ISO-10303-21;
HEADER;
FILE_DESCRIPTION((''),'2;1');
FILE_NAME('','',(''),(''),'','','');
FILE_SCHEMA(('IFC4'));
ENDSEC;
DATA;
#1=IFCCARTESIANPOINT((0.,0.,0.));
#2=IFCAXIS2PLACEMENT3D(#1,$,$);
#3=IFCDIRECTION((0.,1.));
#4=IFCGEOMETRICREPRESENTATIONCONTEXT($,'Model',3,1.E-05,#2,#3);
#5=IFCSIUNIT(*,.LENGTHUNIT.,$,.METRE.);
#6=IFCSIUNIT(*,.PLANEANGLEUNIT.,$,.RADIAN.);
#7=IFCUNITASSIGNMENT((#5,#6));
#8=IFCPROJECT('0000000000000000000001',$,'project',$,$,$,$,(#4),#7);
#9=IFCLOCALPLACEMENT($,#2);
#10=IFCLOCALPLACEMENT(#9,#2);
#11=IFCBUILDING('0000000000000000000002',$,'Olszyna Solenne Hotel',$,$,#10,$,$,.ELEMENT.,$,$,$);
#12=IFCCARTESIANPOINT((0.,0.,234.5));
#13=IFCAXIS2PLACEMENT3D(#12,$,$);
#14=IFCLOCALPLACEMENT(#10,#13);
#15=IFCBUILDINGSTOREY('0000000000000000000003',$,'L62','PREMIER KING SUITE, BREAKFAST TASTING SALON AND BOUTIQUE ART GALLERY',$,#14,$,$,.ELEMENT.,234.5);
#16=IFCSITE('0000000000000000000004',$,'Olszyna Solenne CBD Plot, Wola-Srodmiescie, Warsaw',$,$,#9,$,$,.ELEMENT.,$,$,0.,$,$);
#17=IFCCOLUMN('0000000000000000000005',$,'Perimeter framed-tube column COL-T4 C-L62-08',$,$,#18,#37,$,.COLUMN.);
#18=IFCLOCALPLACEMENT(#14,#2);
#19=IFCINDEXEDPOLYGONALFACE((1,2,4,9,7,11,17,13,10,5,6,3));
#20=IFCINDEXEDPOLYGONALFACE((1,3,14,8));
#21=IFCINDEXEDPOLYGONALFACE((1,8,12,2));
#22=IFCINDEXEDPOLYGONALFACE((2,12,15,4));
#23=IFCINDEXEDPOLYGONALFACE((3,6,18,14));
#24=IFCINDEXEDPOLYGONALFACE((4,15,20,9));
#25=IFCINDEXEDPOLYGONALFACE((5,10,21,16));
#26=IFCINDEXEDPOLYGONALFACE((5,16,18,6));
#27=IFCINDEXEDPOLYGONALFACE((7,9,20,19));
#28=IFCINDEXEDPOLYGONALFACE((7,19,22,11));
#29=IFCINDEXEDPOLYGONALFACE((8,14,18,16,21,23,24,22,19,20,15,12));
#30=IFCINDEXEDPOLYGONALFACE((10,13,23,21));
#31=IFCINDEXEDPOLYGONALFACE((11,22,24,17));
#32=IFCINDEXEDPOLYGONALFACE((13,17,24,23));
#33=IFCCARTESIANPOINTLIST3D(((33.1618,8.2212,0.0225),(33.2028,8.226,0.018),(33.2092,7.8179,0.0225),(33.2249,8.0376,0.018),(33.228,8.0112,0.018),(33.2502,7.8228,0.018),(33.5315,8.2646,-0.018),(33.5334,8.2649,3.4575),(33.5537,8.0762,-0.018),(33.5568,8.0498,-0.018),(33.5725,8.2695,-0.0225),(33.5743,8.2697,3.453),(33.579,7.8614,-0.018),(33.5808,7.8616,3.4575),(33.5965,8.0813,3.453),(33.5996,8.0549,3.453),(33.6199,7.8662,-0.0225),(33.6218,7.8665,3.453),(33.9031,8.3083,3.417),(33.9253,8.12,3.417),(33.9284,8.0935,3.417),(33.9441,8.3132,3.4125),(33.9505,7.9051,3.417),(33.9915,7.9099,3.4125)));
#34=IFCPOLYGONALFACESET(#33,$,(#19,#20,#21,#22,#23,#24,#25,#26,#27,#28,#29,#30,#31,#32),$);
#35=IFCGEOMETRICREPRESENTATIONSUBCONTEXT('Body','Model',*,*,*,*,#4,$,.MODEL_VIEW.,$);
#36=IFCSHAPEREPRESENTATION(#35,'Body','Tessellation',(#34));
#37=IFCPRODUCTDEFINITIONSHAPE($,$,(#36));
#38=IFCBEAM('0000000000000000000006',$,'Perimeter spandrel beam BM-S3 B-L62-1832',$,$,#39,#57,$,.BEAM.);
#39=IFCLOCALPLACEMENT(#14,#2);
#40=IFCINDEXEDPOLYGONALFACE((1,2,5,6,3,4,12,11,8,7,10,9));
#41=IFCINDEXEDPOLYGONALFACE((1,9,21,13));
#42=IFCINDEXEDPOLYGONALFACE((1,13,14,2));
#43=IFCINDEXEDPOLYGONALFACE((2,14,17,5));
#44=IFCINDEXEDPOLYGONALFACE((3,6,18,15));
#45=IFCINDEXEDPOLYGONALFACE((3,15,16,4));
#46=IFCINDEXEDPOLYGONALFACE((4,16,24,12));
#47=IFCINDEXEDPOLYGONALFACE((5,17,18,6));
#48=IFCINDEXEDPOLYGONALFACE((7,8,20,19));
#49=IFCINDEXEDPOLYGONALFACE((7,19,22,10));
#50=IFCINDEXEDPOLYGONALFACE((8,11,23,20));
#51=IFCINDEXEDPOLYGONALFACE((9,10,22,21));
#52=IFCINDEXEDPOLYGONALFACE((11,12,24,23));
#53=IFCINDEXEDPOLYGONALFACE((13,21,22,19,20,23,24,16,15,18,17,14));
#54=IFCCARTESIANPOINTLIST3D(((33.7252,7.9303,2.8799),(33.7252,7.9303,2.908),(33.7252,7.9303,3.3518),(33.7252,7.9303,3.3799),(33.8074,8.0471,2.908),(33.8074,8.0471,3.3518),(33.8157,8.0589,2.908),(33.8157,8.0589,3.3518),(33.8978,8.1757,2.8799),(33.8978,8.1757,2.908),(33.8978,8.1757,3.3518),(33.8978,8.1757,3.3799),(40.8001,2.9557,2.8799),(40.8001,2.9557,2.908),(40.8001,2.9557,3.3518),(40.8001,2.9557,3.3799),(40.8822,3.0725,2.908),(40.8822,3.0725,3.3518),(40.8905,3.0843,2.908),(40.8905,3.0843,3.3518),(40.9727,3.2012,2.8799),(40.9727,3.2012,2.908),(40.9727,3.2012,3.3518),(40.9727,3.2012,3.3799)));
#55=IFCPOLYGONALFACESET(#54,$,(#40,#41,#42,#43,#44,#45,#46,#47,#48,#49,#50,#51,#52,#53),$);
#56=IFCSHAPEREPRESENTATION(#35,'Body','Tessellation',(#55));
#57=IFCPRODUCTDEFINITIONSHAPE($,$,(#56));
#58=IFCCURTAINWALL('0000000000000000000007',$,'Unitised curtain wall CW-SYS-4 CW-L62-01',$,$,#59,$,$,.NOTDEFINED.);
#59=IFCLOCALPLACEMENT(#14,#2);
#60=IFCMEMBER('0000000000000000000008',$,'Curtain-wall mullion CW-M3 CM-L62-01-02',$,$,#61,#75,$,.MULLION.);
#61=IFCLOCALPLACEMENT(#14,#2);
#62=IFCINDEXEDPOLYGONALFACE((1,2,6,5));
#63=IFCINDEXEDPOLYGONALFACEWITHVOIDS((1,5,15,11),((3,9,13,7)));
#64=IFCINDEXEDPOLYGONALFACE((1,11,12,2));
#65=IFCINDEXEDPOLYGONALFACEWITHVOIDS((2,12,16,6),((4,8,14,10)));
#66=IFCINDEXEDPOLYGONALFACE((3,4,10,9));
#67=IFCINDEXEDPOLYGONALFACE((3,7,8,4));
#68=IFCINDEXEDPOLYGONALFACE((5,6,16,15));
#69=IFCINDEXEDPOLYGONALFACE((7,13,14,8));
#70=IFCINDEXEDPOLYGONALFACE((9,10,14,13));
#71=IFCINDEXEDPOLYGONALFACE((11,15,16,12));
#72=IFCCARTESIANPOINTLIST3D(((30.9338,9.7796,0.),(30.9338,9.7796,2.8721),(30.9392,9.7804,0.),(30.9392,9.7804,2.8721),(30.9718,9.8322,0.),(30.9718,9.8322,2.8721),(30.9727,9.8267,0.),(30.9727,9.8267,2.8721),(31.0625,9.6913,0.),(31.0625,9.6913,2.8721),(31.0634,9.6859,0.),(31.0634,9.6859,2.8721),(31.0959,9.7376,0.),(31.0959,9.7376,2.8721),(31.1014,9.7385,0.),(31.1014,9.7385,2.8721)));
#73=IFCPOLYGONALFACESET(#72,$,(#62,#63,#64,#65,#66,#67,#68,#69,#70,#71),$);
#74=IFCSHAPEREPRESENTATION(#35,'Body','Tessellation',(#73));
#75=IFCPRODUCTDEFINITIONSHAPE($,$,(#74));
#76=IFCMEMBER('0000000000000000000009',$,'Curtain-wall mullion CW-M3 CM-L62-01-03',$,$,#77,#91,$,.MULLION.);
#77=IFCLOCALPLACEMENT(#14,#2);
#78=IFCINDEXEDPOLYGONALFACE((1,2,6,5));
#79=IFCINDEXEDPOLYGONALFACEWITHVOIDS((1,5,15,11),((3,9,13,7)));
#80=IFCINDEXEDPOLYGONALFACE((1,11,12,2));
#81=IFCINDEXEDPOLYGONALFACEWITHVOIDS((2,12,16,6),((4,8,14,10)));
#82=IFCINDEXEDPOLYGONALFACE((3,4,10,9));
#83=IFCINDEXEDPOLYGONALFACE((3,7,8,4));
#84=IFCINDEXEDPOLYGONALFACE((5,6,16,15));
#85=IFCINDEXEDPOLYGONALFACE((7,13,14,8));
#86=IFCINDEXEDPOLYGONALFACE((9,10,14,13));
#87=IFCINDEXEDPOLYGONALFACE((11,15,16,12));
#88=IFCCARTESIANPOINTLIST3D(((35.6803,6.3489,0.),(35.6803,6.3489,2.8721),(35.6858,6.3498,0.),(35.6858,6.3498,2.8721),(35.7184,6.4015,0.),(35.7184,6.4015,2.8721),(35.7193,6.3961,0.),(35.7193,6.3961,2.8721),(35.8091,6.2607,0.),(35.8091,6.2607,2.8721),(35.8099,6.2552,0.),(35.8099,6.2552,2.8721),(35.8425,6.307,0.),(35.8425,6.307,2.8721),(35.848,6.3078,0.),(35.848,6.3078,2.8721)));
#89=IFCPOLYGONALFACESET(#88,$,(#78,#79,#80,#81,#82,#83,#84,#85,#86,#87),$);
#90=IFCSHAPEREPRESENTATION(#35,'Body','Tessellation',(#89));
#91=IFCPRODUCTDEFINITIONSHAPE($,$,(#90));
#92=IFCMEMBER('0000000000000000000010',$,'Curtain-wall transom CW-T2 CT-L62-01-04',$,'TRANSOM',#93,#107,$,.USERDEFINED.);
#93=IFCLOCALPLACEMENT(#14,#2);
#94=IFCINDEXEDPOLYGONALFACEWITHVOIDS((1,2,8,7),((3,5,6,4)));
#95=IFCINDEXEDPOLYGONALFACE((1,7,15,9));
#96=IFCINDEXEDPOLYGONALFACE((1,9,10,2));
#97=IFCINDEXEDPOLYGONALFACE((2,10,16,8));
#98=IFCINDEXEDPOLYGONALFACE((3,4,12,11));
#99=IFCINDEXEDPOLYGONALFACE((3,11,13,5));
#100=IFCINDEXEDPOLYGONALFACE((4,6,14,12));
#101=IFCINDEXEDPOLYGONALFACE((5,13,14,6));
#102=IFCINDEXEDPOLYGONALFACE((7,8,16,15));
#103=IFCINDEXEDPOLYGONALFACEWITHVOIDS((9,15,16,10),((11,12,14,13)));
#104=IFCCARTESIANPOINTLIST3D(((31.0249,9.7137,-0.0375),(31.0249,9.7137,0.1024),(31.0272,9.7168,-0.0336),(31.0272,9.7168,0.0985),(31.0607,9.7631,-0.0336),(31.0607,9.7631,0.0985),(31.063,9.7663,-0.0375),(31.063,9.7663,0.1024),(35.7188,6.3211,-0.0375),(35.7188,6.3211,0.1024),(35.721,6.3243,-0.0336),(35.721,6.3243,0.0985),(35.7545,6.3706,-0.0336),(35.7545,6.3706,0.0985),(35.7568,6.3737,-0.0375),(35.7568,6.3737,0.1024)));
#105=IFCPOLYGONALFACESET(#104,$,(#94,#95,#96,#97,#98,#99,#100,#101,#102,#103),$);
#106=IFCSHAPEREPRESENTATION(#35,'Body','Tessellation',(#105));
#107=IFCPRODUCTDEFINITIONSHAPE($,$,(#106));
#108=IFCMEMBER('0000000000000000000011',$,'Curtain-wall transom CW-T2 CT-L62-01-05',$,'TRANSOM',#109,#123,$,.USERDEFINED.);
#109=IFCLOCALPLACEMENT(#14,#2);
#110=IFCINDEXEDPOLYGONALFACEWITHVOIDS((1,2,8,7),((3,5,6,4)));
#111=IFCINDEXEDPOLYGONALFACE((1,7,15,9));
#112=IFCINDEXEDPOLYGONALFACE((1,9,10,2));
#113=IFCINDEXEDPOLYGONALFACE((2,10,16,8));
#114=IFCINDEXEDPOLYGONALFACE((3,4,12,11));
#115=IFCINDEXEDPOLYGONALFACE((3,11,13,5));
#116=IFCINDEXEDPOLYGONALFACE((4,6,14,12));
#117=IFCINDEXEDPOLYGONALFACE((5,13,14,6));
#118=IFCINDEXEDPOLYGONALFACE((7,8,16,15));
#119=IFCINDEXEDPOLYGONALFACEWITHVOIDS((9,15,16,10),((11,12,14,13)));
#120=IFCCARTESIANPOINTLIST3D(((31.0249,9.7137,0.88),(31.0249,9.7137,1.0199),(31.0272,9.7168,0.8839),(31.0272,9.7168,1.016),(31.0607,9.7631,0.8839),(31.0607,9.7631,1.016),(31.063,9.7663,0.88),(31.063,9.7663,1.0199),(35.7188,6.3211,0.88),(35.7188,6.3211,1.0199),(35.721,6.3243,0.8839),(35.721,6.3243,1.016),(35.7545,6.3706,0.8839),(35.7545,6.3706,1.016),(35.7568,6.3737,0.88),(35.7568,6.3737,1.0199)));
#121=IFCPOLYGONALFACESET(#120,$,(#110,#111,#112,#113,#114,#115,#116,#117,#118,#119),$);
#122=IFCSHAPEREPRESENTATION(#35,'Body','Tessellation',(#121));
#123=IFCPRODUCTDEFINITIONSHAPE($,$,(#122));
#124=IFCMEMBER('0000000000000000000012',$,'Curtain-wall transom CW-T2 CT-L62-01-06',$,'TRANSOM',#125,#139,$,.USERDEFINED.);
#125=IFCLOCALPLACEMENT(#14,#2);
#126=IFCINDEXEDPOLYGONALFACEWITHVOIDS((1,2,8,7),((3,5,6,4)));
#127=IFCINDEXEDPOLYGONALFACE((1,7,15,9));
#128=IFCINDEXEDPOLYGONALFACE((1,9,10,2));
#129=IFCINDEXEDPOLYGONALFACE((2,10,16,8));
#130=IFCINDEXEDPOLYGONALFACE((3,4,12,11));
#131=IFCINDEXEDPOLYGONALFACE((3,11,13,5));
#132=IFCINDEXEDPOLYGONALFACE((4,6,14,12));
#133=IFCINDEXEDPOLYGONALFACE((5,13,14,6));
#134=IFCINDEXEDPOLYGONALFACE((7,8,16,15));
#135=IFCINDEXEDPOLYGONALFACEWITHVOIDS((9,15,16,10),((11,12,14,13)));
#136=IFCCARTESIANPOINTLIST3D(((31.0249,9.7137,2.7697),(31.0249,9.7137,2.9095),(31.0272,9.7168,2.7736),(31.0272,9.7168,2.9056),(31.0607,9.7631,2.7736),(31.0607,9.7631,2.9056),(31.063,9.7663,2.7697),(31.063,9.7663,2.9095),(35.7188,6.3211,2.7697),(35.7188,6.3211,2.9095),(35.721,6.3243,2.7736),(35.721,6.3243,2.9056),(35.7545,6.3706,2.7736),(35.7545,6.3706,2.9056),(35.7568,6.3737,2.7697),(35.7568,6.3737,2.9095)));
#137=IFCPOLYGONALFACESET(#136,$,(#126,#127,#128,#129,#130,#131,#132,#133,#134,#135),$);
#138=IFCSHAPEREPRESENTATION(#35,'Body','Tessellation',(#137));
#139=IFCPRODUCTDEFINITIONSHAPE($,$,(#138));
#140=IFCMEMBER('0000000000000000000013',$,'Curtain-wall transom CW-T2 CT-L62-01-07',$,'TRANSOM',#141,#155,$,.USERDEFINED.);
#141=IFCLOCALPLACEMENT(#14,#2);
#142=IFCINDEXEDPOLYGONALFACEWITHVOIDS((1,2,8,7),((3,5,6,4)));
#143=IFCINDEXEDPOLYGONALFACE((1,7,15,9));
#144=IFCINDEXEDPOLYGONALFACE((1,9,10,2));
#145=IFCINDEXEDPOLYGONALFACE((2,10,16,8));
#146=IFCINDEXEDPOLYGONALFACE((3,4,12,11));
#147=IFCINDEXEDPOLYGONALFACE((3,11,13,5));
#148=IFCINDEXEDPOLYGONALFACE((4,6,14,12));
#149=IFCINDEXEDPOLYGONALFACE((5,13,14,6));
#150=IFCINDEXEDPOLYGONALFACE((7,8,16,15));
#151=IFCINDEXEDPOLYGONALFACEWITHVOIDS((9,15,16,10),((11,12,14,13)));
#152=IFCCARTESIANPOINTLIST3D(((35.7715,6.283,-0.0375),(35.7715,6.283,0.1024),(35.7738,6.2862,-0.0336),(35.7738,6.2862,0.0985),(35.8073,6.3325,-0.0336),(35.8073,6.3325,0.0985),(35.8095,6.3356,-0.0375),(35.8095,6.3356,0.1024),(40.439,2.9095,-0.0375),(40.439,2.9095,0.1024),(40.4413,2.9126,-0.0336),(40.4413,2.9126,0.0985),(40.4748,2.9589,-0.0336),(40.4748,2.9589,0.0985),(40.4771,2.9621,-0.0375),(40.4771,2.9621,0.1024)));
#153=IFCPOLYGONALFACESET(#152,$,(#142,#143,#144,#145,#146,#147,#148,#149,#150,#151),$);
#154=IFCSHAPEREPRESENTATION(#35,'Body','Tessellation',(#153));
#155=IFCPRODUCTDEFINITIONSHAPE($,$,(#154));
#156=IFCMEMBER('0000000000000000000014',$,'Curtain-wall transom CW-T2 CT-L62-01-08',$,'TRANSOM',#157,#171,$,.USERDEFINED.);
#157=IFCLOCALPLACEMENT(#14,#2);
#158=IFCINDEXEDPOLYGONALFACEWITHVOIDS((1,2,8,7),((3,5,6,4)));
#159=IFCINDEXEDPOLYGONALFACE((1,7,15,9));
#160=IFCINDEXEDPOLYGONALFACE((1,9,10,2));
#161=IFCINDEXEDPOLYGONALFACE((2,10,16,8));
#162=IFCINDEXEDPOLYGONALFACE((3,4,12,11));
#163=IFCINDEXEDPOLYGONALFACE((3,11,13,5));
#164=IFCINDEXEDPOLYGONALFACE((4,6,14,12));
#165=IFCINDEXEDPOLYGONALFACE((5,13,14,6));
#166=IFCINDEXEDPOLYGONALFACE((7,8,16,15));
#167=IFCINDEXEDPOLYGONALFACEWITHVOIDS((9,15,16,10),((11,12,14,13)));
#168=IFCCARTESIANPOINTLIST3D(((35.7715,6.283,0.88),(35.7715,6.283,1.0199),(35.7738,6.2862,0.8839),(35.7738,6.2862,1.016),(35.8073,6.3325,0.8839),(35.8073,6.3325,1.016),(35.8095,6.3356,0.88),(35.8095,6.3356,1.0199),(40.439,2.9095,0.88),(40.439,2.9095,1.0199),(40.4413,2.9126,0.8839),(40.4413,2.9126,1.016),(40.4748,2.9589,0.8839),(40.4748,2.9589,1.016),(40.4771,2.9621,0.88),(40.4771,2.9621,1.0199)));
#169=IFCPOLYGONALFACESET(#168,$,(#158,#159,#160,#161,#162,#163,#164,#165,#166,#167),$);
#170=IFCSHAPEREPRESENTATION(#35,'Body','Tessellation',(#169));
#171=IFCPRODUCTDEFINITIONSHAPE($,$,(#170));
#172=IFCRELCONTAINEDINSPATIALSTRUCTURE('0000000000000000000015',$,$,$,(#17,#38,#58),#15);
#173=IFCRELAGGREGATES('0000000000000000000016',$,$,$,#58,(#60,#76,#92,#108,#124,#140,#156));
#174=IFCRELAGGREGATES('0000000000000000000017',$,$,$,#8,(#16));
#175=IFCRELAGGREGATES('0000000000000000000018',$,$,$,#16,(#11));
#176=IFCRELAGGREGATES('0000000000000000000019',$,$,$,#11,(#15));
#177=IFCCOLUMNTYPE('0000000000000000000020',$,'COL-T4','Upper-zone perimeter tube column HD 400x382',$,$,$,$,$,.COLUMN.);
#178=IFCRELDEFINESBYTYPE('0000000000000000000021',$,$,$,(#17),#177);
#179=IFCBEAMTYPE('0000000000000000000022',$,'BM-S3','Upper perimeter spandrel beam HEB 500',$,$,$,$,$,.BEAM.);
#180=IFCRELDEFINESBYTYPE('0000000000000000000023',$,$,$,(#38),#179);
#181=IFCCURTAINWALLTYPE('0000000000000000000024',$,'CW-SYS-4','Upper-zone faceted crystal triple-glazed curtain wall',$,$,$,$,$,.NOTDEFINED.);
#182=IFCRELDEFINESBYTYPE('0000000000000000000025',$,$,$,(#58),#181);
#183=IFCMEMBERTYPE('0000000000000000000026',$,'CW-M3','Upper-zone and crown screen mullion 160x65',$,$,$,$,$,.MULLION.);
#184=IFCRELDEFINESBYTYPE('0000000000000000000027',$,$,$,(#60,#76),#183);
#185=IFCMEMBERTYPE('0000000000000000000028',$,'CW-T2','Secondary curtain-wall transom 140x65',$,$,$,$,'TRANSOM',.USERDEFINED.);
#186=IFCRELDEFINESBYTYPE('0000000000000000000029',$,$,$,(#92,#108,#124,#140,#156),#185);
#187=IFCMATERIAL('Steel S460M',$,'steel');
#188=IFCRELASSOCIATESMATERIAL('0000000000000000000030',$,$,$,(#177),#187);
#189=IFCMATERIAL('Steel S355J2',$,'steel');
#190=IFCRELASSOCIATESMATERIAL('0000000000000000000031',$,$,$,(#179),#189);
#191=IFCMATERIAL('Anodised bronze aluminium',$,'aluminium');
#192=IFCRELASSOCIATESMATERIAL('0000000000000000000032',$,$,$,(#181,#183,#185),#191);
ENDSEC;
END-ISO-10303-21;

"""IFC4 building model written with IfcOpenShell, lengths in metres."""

from ifc_helpers import new_model, si_unit, direction, frame, origin, origin_2d, place, context, subcontext, project, spatial, hollow_rectangle, i_section, extrude, source, transform, mapped, material, material_profile, profile_set, type_object, element, aggregate, save


model = new_model("IFC4")

# Units and contexts
model_context = context("Model", 3, precision=1e-05, world=origin(), true_north=direction((0.0, 1.0)))
body_context = subcontext(model_context, "Body", "Model", "MODEL_VIEW")
ifc_project = project(units=[si_unit("LENGTHUNIT", "METRE"), si_unit("PLANEANGLEUNIT", "RADIAN")], contexts=[model_context])

# Site, building, storey
site_placement = place(None, origin())
site = spatial("IfcSite", under=ifc_project, at=site_placement, Name="Olszyna Solenne CBD Plot, Wola-Srodmiescie, Warsaw", CompositionType="ELEMENT", RefElevation=0.0)
building_placement = place(site_placement, origin())
building = spatial("IfcBuilding", under=site, at=building_placement, Name="Olszyna Solenne Hotel", CompositionType="ELEMENT")
storey_placement = place(building_placement, frame((0.0, 0.0, 234.5)))
storey = spatial("IfcBuildingStorey", under=building, at=storey_placement, Name="L62", Description="PREMIER KING SUITE, BREAKFAST TASTING SALON AND BOUTIQUE ART GALLERY", CompositionType="ELEMENT", Elevation=234.5)

# Column
ifc_material_1 = material(Name="Steel S460M", Category="steel")
ifc_material_profile_1 = material_profile(ifc_material_1, i_section(OverallWidth=0.406, OverallDepth=0.416, WebThickness=0.0266, FlangeThickness=0.0415, at=origin_2d()), Name="HD 400x382", Category="load-bearing")
ifc_profile_set_1 = profile_set([ifc_material_profile_1], Name="Steel S460M")
column_type = type_object("IfcColumnType", Name="COL-T4", Description="Upper-zone perimeter tube column HD 400x382", PredefinedType="COLUMN", material=ifc_profile_set_1)
shared_shape_1 = source(origin(), body_context, "Body", "SweptSolid", [
    extrude(i_section(OverallWidth=0.406, OverallDepth=0.416, WebThickness=0.0266, FlangeThickness=0.0415, at=origin_2d()), origin(), (0.0, 0.0, 1.0), 3.4553),
])
column_placement = place(storey_placement, frame((33.3909, 8.0437, 0.0), z_axis=(0.107537, 0.012647, 0.994121), x_axis=(-0.116803, 0.993155, 0.0)))
element("IfcColumn", 1, at=column_placement, inside=storey, type_object=column_type, Name="Perimeter framed-tube column COL-T4 C-L62-08", PredefinedType="COLUMN", context=body_context, shape_type="MappedRepresentation", body=[
    mapped(shared_shape_1, transform((0.0, 0.0, 0.0), x_axis=(1.0, 0.0, 0.0), y_axis=(0.0, 1.0, 0.0), z_axis=(0.0, 0.0, 1.0), scale=1.0)),
])

# Beam
ifc_material_2 = material(Name="Steel S355J2", Category="steel")
ifc_material_profile_2 = material_profile(ifc_material_2, i_section(OverallWidth=0.3, OverallDepth=0.5, WebThickness=0.0144, FlangeThickness=0.0281, at=origin_2d()), Name="HEB 500", Category="load-bearing")
ifc_profile_set_2 = profile_set([ifc_material_profile_2], Name="Steel S355J2")
beam_type_1 = type_object("IfcBeamType", Name="BM-S3", Description="Upper perimeter spandrel beam HEB 500", PredefinedType="BEAM", material=ifc_profile_set_2)
shared_shape_2 = source(origin(), body_context, "Body", "SweptSolid", [
    extrude(i_section(OverallWidth=0.3, OverallDepth=0.5, WebThickness=0.0144, FlangeThickness=0.0281, at=origin_2d()), origin(), (0.0, 0.0, 1.0), 8.6487),
])
beam_1_placement = place(storey_placement, frame((33.8115, 8.053, 3.1299), z_axis=(0.818027, -0.575179, 0.0), x_axis=(0.575179, 0.818027, 0.0)))
element("IfcBeam", 2, at=beam_1_placement, inside=storey, type_object=beam_type_1, Name="Perimeter spandrel beam BM-S3 B-L62-1832", PredefinedType="BEAM", context=body_context, shape_type="MappedRepresentation", body=[
    mapped(shared_shape_2, transform((0.0, 0.0, 0.0), x_axis=(1.0, 0.0, 0.0), y_axis=(0.0, 1.0, 0.0), z_axis=(0.0, 0.0, 1.0), scale=1.0)),
])

# Curtain wall, members
ifc_material_3 = material(Name="Anodised bronze aluminium", Category="aluminium")
curtain_wall_type = type_object("IfcCurtainWallType", Name="CW-SYS-4", Description="Upper-zone faceted crystal triple-glazed curtain wall", PredefinedType="NOTDEFINED", material=ifc_material_3)
curtain_wall_placement = place(storey_placement, origin())
curtain_wall = element("IfcCurtainWall", 3, at=curtain_wall_placement, inside=storey, type_object=curtain_wall_type, Name="Unitised curtain wall CW-SYS-4 CW-L62-01", PredefinedType="NOTDEFINED")
ifc_material_profile_3 = material_profile(ifc_material_3, hollow_rectangle(XDim=0.0649, YDim=0.1599, WallThickness=0.0039, at=origin_2d()), Name="MULL 160x65x4", Category="load-bearing")
ifc_profile_set_3 = profile_set([ifc_material_profile_3], Name="Anodised bronze aluminium")
member_type_1 = type_object("IfcMemberType", Name="CW-M3", Description="Upper-zone and crown screen mullion 160x65", PredefinedType="MULLION", material=ifc_profile_set_3)
shared_shape_3 = source(origin(), body_context, "Body", "SweptSolid", [
    extrude(hollow_rectangle(XDim=0.0649, YDim=0.1599, WallThickness=0.0039, at=origin_2d()), origin(), (0.0, 0.0, 1.0), 2.8721),
])
member_1_placement = place(storey_placement, frame((31.0176, 9.759, 0.0), z_axis=(0.0, 0.0, 1.0), x_axis=(0.585789, 0.810463, 0.0)))
member_1 = element("IfcMember", 4, at=member_1_placement, type_object=member_type_1, Name="Curtain-wall mullion CW-M3 CM-L62-01-02", PredefinedType="MULLION", context=body_context, shape_type="MappedRepresentation", body=[
    mapped(shared_shape_3, transform((0.0, 0.0, 0.0), x_axis=(1.0, 0.0, 0.0), y_axis=(0.0, 1.0, 0.0), z_axis=(0.0, 0.0, 1.0), scale=1.0)),
])
member_2_placement = place(storey_placement, frame((35.7642, 6.3284, 0.0), z_axis=(0.0, 0.0, 1.0), x_axis=(0.585789, 0.810463, 0.0)))
member_2 = element("IfcMember", 5, at=member_2_placement, type_object=member_type_1, Name="Curtain-wall mullion CW-M3 CM-L62-01-03", PredefinedType="MULLION", context=body_context, shape_type="MappedRepresentation", body=[
    mapped(shared_shape_3, transform((0.0, 0.0, 0.0), x_axis=(1.0, 0.0, 0.0), y_axis=(0.0, 1.0, 0.0), z_axis=(0.0, 0.0, 1.0), scale=1.0)),
])
ifc_material_profile_4 = material_profile(ifc_material_3, hollow_rectangle(XDim=0.0649, YDim=0.1399, WallThickness=0.0039, at=origin_2d()), Name="TRAN 140x65x4", Category="load-bearing")
ifc_profile_set_4 = profile_set([ifc_material_profile_4], Name="Anodised bronze aluminium")
member_type_2 = type_object("IfcMemberType", Name="CW-T2", Description="Secondary curtain-wall transom 140x65", ElementType="TRANSOM", PredefinedType="USERDEFINED", material=ifc_profile_set_4)
shared_shape_4 = source(origin(), body_context, "Body", "SweptSolid", [
    extrude(hollow_rectangle(XDim=0.0649, YDim=0.1399, WallThickness=0.0039, at=origin_2d()), origin(), (0.0, 0.0, 1.0), 5.7915),
])
member_3_placement = place(storey_placement, frame((31.0439, 9.74, 0.0325), z_axis=(0.810468, -0.585783, 0.0), x_axis=(0.585783, 0.810468, 0.0)))
member_3 = element("IfcMember", 6, at=member_3_placement, type_object=member_type_2, Name="Curtain-wall transom CW-T2 CT-L62-01-04", ObjectType="TRANSOM", PredefinedType="USERDEFINED", context=body_context, shape_type="MappedRepresentation", body=[
    mapped(shared_shape_4, transform((0.0, 0.0, 0.0), x_axis=(1.0, 0.0, 0.0), y_axis=(0.0, 1.0, 0.0), z_axis=(0.0, 0.0, 1.0), scale=1.0)),
])
member_4_placement = place(storey_placement, frame((31.0439, 9.74, 0.95), z_axis=(0.810468, -0.585783, 0.0), x_axis=(0.585783, 0.810468, 0.0)))
member_4 = element("IfcMember", 7, at=member_4_placement, type_object=member_type_2, Name="Curtain-wall transom CW-T2 CT-L62-01-05", ObjectType="TRANSOM", PredefinedType="USERDEFINED", context=body_context, shape_type="MappedRepresentation", body=[
    mapped(shared_shape_4, transform((0.0, 0.0, 0.0), x_axis=(1.0, 0.0, 0.0), y_axis=(0.0, 1.0, 0.0), z_axis=(0.0, 0.0, 1.0), scale=1.0)),
])
member_5_placement = place(storey_placement, frame((31.0439, 9.74, 2.8396), z_axis=(0.810468, -0.585783, 0.0), x_axis=(0.585783, 0.810468, 0.0)))
member_5 = element("IfcMember", 8, at=member_5_placement, type_object=member_type_2, Name="Curtain-wall transom CW-T2 CT-L62-01-06", ObjectType="TRANSOM", PredefinedType="USERDEFINED", context=body_context, shape_type="MappedRepresentation", body=[
    mapped(shared_shape_4, transform((0.0, 0.0, 0.0), x_axis=(1.0, 0.0, 0.0), y_axis=(0.0, 1.0, 0.0), z_axis=(0.0, 0.0, 1.0), scale=1.0)),
])
shared_shape_5 = source(origin(), body_context, "Body", "SweptSolid", [
    extrude(hollow_rectangle(XDim=0.0649, YDim=0.1399, WallThickness=0.0039, at=origin_2d()), origin(), (0.0, 0.0, 1.0), 5.759),
])
member_6_placement = place(storey_placement, frame((35.7905, 6.3093, 0.0325), z_axis=(0.810467, -0.585785, 0.0), x_axis=(0.585785, 0.810467, 0.0)))
member_6 = element("IfcMember", 9, at=member_6_placement, type_object=member_type_2, Name="Curtain-wall transom CW-T2 CT-L62-01-07", ObjectType="TRANSOM", PredefinedType="USERDEFINED", context=body_context, shape_type="MappedRepresentation", body=[
    mapped(shared_shape_5, transform((0.0, 0.0, 0.0), x_axis=(1.0, 0.0, 0.0), y_axis=(0.0, 1.0, 0.0), z_axis=(0.0, 0.0, 1.0), scale=1.0)),
])
member_7_placement = place(storey_placement, frame((35.7905, 6.3093, 0.95), z_axis=(0.810467, -0.585785, 0.0), x_axis=(0.585785, 0.810467, 0.0)))
member_7 = element("IfcMember", 10, at=member_7_placement, type_object=member_type_2, Name="Curtain-wall transom CW-T2 CT-L62-01-08", ObjectType="TRANSOM", PredefinedType="USERDEFINED", context=body_context, shape_type="MappedRepresentation", body=[
    mapped(shared_shape_5, transform((0.0, 0.0, 0.0), x_axis=(1.0, 0.0, 0.0), y_axis=(0.0, 1.0, 0.0), z_axis=(0.0, 0.0, 1.0), scale=1.0)),
])

aggregate(curtain_wall, [member_1, member_2, member_3, member_4, member_5, member_6, member_7])

save(model, "model.ifc")
